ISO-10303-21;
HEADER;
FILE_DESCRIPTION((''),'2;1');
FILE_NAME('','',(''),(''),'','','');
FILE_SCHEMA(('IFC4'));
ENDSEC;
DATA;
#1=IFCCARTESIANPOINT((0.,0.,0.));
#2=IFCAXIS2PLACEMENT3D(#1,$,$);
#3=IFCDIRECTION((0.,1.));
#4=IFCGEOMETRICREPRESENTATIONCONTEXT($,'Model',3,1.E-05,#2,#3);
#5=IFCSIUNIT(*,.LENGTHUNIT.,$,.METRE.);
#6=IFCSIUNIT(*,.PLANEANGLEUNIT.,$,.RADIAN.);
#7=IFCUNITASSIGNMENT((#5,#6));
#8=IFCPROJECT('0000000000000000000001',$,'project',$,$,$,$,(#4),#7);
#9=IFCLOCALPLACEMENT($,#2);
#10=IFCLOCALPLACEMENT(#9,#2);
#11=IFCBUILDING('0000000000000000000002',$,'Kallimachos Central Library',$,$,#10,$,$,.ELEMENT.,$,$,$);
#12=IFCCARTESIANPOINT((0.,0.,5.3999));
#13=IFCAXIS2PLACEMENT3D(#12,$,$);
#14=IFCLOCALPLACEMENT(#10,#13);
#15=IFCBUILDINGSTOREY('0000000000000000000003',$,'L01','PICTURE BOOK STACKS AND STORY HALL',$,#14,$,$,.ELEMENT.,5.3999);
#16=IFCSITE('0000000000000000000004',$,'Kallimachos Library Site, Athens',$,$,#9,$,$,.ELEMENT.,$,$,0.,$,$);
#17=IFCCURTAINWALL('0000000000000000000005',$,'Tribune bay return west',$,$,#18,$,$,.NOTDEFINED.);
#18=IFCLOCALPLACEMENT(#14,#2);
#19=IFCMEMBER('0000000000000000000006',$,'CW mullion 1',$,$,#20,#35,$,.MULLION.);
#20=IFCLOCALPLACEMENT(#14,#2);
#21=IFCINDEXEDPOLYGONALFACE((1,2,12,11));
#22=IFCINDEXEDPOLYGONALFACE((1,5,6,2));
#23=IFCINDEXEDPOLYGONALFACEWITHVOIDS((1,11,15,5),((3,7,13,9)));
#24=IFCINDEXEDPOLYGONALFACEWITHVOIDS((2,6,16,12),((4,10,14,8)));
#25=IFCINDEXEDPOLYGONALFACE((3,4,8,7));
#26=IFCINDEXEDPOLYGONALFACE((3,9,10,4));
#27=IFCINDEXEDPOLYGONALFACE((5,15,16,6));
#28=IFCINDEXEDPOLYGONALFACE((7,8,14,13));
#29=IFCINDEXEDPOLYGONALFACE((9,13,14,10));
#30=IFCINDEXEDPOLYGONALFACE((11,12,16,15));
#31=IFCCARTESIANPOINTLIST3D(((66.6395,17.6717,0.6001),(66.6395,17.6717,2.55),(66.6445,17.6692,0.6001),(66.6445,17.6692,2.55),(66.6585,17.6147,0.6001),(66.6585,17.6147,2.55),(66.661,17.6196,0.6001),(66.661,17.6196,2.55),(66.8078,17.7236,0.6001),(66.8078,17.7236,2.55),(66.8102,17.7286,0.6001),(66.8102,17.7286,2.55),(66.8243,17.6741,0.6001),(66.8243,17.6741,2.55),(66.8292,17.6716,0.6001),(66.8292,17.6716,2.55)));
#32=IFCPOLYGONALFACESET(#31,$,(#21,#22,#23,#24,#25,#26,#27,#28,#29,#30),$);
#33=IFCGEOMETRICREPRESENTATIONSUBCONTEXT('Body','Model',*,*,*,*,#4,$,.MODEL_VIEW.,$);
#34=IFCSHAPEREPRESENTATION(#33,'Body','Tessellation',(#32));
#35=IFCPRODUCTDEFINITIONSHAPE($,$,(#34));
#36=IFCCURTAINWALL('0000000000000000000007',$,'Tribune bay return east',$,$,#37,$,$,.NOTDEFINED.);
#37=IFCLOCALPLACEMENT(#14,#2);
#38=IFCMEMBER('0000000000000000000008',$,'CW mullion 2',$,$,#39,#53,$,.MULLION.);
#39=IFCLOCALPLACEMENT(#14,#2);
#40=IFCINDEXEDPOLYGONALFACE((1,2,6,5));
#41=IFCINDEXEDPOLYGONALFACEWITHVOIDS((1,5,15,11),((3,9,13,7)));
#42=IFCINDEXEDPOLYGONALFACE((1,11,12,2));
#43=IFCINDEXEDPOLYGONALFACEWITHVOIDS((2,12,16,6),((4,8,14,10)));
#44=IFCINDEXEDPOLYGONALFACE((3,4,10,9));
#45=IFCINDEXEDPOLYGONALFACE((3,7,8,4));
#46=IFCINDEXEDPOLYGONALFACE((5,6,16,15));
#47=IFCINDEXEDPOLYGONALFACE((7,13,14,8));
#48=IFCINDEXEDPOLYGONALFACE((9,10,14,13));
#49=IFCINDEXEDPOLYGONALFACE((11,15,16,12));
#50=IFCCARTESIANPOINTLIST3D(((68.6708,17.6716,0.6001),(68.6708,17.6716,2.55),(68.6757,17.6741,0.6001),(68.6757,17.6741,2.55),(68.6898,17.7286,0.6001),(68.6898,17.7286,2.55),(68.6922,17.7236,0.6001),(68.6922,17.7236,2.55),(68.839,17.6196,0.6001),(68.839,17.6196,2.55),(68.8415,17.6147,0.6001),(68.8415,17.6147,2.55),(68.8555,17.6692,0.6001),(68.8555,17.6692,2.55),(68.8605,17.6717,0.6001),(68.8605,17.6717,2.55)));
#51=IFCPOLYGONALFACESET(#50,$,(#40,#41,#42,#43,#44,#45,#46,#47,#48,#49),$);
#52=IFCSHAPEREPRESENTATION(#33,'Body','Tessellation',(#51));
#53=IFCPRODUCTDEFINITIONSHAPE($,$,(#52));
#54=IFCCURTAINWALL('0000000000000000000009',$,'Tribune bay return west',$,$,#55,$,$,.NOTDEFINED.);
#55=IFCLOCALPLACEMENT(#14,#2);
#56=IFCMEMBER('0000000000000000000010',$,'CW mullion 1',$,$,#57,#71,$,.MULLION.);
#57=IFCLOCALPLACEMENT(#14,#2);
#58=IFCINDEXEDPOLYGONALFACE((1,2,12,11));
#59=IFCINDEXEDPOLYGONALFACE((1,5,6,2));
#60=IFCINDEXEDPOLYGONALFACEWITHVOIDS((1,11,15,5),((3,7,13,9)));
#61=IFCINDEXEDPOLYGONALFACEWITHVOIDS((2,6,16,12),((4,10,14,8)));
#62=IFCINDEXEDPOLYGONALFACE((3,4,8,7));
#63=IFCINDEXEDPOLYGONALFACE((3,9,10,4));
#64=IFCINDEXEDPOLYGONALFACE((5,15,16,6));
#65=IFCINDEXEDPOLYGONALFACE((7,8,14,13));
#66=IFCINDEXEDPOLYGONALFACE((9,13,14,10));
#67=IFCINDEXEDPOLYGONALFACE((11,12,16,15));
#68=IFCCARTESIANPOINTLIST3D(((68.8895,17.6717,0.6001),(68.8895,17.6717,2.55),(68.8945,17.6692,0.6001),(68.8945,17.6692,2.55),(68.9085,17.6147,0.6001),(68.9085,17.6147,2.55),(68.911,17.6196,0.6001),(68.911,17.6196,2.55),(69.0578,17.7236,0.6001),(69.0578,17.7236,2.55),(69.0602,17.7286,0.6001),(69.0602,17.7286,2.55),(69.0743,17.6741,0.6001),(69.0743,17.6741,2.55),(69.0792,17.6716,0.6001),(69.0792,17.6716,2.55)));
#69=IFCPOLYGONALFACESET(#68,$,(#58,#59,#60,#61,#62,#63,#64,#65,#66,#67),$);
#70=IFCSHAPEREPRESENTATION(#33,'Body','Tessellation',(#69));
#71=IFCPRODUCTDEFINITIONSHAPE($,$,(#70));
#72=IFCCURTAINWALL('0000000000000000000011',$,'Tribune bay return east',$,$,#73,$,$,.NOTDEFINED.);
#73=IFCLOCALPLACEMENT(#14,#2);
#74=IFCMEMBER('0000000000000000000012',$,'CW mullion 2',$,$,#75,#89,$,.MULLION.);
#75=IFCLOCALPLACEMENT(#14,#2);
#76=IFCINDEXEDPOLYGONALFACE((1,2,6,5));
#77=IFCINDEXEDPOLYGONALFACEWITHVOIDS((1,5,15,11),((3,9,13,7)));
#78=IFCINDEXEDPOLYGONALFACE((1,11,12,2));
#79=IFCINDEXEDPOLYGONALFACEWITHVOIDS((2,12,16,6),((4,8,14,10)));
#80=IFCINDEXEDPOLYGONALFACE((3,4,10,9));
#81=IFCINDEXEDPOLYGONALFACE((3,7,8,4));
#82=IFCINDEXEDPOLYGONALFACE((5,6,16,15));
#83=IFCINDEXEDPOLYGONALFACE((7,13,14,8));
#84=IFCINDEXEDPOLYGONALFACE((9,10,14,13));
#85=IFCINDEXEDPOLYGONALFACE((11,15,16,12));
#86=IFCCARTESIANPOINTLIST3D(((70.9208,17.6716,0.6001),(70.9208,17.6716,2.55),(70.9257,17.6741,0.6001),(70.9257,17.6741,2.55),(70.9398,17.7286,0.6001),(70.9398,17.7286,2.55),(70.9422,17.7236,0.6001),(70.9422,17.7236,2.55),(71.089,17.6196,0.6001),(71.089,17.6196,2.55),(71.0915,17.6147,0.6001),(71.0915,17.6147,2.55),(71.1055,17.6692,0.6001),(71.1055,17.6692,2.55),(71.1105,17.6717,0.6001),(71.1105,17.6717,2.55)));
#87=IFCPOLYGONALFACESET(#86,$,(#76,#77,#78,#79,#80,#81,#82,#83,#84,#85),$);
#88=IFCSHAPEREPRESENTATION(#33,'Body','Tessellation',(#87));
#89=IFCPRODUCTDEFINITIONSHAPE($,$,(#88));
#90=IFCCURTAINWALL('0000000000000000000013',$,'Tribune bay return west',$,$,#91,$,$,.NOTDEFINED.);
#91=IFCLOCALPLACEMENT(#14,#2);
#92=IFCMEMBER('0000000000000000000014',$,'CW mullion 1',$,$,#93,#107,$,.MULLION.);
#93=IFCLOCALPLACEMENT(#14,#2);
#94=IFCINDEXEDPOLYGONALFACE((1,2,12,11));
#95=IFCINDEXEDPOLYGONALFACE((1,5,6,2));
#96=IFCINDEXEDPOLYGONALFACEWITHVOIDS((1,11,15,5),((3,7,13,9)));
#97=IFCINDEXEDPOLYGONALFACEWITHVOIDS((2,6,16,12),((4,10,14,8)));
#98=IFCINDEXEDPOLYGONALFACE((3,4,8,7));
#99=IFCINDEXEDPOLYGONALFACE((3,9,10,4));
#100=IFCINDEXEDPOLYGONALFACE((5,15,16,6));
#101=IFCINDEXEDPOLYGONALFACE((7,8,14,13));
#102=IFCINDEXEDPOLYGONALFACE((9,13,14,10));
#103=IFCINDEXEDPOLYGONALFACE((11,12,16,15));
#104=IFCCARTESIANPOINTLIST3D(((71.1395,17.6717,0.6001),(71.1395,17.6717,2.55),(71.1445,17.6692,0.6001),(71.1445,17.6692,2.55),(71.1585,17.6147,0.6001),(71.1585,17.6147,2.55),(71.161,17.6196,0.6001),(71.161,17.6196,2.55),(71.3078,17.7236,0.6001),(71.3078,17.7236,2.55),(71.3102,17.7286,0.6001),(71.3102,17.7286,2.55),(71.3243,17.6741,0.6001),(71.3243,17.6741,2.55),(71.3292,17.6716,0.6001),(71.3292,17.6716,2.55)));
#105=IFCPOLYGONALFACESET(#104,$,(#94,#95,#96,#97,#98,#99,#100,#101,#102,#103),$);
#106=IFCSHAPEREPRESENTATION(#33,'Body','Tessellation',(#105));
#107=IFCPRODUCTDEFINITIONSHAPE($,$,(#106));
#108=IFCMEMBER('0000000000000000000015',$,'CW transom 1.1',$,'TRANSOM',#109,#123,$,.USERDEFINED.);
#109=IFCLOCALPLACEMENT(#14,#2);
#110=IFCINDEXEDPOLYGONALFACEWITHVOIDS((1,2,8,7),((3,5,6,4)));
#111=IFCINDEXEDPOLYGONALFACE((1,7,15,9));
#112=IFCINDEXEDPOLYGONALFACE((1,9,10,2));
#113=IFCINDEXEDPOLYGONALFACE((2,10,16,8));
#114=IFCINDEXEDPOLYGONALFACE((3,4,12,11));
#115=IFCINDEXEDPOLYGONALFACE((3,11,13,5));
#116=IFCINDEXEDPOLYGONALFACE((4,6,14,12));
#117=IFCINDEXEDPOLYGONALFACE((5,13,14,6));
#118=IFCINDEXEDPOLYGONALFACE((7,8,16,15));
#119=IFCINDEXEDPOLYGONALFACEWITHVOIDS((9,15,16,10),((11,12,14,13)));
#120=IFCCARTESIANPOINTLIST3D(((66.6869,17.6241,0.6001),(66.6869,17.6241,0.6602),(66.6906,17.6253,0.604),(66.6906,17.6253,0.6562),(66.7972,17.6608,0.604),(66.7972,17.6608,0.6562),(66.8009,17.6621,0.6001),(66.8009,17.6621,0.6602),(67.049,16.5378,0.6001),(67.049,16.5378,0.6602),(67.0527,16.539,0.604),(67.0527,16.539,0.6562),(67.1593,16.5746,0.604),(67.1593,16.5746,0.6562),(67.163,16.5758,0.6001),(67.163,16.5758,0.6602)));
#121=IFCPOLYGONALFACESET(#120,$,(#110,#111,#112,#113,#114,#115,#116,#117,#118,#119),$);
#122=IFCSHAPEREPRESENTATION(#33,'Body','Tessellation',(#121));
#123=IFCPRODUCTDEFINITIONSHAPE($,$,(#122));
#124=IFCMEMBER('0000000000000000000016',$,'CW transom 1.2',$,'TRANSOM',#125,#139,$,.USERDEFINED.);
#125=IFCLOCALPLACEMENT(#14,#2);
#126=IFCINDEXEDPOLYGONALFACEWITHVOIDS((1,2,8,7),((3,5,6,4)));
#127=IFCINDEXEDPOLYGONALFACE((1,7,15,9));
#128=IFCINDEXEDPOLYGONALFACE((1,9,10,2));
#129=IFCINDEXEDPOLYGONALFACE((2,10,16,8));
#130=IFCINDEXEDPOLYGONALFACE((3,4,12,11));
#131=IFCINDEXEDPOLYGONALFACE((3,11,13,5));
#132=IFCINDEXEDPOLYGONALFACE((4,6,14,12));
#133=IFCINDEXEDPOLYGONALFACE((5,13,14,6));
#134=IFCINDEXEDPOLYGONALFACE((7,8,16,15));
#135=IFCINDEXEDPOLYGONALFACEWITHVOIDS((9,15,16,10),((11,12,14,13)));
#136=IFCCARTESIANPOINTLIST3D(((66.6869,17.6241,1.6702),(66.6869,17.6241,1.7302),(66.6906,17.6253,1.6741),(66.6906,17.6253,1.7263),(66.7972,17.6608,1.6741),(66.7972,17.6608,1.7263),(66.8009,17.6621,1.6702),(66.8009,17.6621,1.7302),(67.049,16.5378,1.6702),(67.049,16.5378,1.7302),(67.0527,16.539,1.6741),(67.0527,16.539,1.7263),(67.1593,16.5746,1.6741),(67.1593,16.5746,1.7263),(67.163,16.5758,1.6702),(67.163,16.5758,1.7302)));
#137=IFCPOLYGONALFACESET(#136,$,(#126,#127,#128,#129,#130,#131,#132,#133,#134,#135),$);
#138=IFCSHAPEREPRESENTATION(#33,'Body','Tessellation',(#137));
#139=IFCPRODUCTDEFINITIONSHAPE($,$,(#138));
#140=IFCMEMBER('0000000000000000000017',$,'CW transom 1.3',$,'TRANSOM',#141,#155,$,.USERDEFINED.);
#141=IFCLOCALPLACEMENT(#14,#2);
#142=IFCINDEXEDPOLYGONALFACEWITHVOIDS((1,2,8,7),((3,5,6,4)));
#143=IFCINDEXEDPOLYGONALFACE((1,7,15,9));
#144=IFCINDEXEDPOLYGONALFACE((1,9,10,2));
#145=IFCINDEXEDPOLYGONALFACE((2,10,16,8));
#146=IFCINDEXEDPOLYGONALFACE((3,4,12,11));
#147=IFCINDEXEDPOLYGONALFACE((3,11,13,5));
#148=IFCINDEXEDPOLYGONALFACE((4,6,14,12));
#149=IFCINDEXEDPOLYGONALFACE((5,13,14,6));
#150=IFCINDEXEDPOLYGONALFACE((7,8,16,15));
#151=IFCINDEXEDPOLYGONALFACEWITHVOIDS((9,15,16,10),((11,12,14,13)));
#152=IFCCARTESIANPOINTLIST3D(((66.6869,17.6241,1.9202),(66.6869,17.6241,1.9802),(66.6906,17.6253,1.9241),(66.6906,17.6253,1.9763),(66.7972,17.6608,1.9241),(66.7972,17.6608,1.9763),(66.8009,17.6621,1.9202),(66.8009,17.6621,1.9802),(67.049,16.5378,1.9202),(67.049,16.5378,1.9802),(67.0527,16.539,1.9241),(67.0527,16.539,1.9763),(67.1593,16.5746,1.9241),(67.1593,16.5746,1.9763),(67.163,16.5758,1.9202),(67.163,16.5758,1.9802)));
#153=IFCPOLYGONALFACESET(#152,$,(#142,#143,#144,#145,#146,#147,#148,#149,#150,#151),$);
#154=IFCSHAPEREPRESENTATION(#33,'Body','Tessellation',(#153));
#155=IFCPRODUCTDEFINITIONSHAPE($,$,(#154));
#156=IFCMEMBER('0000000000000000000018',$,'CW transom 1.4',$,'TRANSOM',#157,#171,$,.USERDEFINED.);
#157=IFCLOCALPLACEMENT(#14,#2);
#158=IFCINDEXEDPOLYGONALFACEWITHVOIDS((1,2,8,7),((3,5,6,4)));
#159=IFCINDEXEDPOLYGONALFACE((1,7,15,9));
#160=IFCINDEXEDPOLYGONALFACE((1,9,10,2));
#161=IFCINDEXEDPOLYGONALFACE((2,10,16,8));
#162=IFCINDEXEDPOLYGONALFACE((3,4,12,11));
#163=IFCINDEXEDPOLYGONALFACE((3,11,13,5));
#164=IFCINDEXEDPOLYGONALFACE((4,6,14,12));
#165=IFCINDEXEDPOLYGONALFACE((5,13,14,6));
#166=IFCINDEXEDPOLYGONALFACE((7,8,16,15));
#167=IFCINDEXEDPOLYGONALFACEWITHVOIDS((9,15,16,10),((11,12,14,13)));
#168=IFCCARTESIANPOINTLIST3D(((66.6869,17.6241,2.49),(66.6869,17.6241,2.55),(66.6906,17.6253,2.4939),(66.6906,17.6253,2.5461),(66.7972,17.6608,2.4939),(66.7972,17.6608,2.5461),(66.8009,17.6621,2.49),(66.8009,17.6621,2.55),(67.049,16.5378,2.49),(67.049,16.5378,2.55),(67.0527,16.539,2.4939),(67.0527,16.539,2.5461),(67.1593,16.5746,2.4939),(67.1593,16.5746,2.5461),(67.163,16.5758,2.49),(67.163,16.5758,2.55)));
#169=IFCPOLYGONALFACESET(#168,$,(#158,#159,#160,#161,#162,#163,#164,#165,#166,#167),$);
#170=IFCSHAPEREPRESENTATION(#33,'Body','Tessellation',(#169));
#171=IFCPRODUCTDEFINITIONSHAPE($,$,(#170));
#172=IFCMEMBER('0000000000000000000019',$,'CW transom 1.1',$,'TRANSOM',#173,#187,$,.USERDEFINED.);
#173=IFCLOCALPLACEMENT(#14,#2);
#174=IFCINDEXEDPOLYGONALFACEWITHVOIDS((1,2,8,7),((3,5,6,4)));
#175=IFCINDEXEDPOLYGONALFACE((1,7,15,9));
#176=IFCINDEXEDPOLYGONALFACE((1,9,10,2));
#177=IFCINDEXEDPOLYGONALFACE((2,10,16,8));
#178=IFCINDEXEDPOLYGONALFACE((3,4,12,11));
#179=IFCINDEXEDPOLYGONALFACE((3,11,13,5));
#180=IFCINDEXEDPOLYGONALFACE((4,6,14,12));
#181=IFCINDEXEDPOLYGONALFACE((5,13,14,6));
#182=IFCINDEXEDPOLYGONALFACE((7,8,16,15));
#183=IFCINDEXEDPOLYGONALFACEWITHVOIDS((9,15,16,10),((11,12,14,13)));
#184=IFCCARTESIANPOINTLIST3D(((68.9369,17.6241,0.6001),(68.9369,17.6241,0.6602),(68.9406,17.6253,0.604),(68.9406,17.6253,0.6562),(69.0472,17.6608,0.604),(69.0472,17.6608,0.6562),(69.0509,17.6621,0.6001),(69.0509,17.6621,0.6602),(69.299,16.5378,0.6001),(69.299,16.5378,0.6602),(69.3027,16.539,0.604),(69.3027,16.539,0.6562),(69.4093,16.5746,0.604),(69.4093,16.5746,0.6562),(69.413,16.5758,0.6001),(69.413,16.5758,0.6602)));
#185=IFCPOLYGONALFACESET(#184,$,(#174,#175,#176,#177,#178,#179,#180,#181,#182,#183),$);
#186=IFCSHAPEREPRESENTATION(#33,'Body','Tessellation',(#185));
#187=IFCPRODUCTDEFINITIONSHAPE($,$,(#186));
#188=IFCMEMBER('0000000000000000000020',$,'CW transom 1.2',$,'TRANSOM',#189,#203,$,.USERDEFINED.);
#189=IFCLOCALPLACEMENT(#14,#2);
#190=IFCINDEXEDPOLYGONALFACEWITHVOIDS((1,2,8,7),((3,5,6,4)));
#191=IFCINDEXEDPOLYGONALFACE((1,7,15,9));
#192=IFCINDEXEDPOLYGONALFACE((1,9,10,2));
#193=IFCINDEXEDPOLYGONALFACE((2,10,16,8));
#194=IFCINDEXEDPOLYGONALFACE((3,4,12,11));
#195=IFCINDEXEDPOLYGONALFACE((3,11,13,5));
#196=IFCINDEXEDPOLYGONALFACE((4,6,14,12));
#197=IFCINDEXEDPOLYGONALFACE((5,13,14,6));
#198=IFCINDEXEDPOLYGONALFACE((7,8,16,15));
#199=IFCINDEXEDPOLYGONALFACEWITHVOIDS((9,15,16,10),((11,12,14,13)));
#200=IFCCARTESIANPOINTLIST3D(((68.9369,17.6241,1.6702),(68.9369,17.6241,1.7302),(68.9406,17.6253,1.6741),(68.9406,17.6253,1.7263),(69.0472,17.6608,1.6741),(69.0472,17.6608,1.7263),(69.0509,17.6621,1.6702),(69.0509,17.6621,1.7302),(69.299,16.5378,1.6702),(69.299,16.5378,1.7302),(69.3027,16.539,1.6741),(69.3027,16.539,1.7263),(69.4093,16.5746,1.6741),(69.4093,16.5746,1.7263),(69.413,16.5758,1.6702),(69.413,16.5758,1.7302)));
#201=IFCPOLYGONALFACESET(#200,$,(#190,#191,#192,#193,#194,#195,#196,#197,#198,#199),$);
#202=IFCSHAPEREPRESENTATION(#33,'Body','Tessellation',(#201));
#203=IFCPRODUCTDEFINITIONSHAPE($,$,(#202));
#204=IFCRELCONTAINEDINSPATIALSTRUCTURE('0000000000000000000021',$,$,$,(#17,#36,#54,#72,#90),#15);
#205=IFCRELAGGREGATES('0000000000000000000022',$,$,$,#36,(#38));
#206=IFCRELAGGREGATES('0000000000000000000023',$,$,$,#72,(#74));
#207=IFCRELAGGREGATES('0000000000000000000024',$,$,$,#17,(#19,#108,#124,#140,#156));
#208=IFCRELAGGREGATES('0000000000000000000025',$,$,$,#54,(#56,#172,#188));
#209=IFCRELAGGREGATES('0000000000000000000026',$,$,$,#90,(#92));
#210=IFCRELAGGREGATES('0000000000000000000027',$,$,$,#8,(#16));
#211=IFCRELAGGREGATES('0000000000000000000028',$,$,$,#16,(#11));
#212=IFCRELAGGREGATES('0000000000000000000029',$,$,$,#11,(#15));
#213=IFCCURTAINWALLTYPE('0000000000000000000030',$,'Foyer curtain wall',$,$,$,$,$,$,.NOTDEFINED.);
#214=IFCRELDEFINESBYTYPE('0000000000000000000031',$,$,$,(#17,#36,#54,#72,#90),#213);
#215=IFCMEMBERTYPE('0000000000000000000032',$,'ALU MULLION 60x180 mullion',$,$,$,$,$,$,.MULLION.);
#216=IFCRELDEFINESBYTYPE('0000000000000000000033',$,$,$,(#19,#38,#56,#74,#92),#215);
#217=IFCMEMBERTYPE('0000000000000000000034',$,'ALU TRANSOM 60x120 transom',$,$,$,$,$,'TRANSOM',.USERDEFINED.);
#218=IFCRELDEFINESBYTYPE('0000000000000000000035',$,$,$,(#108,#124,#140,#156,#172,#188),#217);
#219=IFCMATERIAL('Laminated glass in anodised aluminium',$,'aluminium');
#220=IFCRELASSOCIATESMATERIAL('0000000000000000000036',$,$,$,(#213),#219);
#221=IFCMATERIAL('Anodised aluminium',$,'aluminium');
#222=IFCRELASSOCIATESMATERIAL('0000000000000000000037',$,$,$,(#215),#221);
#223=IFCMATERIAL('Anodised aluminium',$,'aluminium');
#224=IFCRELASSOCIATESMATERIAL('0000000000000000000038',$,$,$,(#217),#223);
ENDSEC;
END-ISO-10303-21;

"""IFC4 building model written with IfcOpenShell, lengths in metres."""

from ifc_helpers import new_model, si_unit, direction, frame, origin, origin_2d, place, context, subcontext, project, spatial, hollow_rectangle, extrude, material, material_profile, profile_set, type_object, element, aggregate, save


model = new_model("IFC4")

# Units and contexts
model_context = context("Model", 3, precision=1e-05, world=origin(), true_north=direction((0.0, 1.0)))
body_context = subcontext(model_context, "Body", "Model", "MODEL_VIEW")
ifc_project = project(units=[si_unit("LENGTHUNIT", "METRE"), si_unit("PLANEANGLEUNIT", "RADIAN")], contexts=[model_context])

# Site, building, storey
site_placement = place(None, origin())
site = spatial("IfcSite", under=ifc_project, at=site_placement, Name="Kallimachos Library Site, Athens", CompositionType="ELEMENT", RefElevation=0.0)
building_placement = place(site_placement, origin())
building = spatial("IfcBuilding", under=site, at=building_placement, Name="Kallimachos Central Library", CompositionType="ELEMENT")
storey_placement = place(building_placement, frame((0.0, 0.0, 5.3999)))
storey = spatial("IfcBuildingStorey", under=building, at=storey_placement, Name="L01", Description="PICTURE BOOK STACKS AND STORY HALL", CompositionType="ELEMENT", Elevation=5.3999)

# Curtain walls, members
ifc_material_1 = material(Name="Laminated glass in anodised aluminium", Category="aluminium")
curtain_wall_type = type_object("IfcCurtainWallType", Name="Foyer curtain wall", PredefinedType="NOTDEFINED", material=ifc_material_1)
curtain_wall_1_placement = place(storey_placement, origin())
curtain_wall_1 = element("IfcCurtainWall", 1, at=curtain_wall_1_placement, inside=storey, type_object=curtain_wall_type, Name="Tribune bay return west", PredefinedType="NOTDEFINED")
ifc_material_2 = material(Name="Anodised aluminium", Category="aluminium")
ifc_material_profile_1 = material_profile(ifc_material_2, hollow_rectangle(XDim=0.0601, YDim=0.1799, WallThickness=0.0039, at=origin_2d()), Name="ALU MULLION 60x180")
ifc_profile_set_1 = profile_set([ifc_material_profile_1], Name="Anodised aluminium")
member_type_1 = type_object("IfcMemberType", Name="ALU MULLION 60x180 mullion", PredefinedType="MULLION", material=ifc_profile_set_1)
member_1_placement = place(storey_placement, frame((66.7344, 17.6716, 0.6001), z_axis=(0.0, 0.0, 1.0), x_axis=(0.316228, -0.948683, 0.0)))
member_1 = element("IfcMember", 2, at=member_1_placement, type_object=member_type_1, Name="CW mullion 1", PredefinedType="MULLION", context=body_context, shape_type="SweptSolid", body=[
    extrude(hollow_rectangle(XDim=0.0601, YDim=0.1799, WallThickness=0.0039, at=origin_2d()), origin(), (0.0, 0.0, 1.0), 1.95),
])
curtain_wall_2_placement = place(storey_placement, origin())
curtain_wall_2 = element("IfcCurtainWall", 3, at=curtain_wall_2_placement, inside=storey, type_object=curtain_wall_type, Name="Tribune bay return east", PredefinedType="NOTDEFINED")
member_2_placement = place(storey_placement, frame((68.7656, 17.6716, 0.6001), z_axis=(0.0, 0.0, 1.0), x_axis=(0.316228, 0.948683, 0.0)))
member_2 = element("IfcMember", 4, at=member_2_placement, type_object=member_type_1, Name="CW mullion 2", PredefinedType="MULLION", context=body_context, shape_type="SweptSolid", body=[
    extrude(hollow_rectangle(XDim=0.0601, YDim=0.1799, WallThickness=0.0039, at=origin_2d()), origin(), (0.0, 0.0, 1.0), 1.95),
])
aggregate(curtain_wall_2, [member_2])
curtain_wall_3_placement = place(storey_placement, origin())
curtain_wall_3 = element("IfcCurtainWall", 5, at=curtain_wall_3_placement, inside=storey, type_object=curtain_wall_type, Name="Tribune bay return west", PredefinedType="NOTDEFINED")
member_3_placement = place(storey_placement, frame((68.9844, 17.6716, 0.6001), z_axis=(0.0, 0.0, 1.0), x_axis=(0.316228, -0.948683, 0.0)))
member_3 = element("IfcMember", 6, at=member_3_placement, type_object=member_type_1, Name="CW mullion 1", PredefinedType="MULLION", context=body_context, shape_type="SweptSolid", body=[
    extrude(hollow_rectangle(XDim=0.0601, YDim=0.1799, WallThickness=0.0039, at=origin_2d()), origin(), (0.0, 0.0, 1.0), 1.95),
])
curtain_wall_4_placement = place(storey_placement, origin())
curtain_wall_4 = element("IfcCurtainWall", 7, at=curtain_wall_4_placement, inside=storey, type_object=curtain_wall_type, Name="Tribune bay return east", PredefinedType="NOTDEFINED")
member_4_placement = place(storey_placement, frame((71.0156, 17.6716, 0.6001), z_axis=(0.0, 0.0, 1.0), x_axis=(0.316228, 0.948683, 0.0)))
member_4 = element("IfcMember", 8, at=member_4_placement, type_object=member_type_1, Name="CW mullion 2", PredefinedType="MULLION", context=body_context, shape_type="SweptSolid", body=[
    extrude(hollow_rectangle(XDim=0.0601, YDim=0.1799, WallThickness=0.0039, at=origin_2d()), origin(), (0.0, 0.0, 1.0), 1.95),
])
aggregate(curtain_wall_4, [member_4])
curtain_wall_5_placement = place(storey_placement, origin())
curtain_wall_5 = element("IfcCurtainWall", 9, at=curtain_wall_5_placement, inside=storey, type_object=curtain_wall_type, Name="Tribune bay return west", PredefinedType="NOTDEFINED")
member_5_placement = place(storey_placement, frame((71.2344, 17.6716, 0.6001), z_axis=(0.0, 0.0, 1.0), x_axis=(0.316228, -0.948683, 0.0)))
member_5 = element("IfcMember", 10, at=member_5_placement, type_object=member_type_1, Name="CW mullion 1", PredefinedType="MULLION", context=body_context, shape_type="SweptSolid", body=[
    extrude(hollow_rectangle(XDim=0.0601, YDim=0.1799, WallThickness=0.0039, at=origin_2d()), origin(), (0.0, 0.0, 1.0), 1.95),
])

# Members
ifc_material_3 = material(Name="Anodised aluminium", Category="aluminium")
ifc_material_profile_2 = material_profile(ifc_material_3, hollow_rectangle(XDim=0.0601, YDim=0.1201, WallThickness=0.0039, at=origin_2d()), Name="ALU TRANSOM 60x120")
ifc_profile_set_2 = profile_set([ifc_material_profile_2], Name="Anodised aluminium")
member_type_2 = type_object("IfcMemberType", Name="ALU TRANSOM 60x120 transom", ElementType="TRANSOM", PredefinedType="USERDEFINED", material=ifc_profile_set_2)
member_6_placement = place(storey_placement, frame((66.7439, 17.6431, 0.6301), z_axis=(0.316228, -0.948683, 0.0), x_axis=(0.0, 0.0, 1.0)))
member_6 = element("IfcMember", 11, at=member_6_placement, type_object=member_type_2, Name="CW transom 1.1", ObjectType="TRANSOM", PredefinedType="USERDEFINED", context=body_context, shape_type="SweptSolid", body=[
    extrude(hollow_rectangle(XDim=0.0601, YDim=0.1201, WallThickness=0.0039, at=origin_2d()), origin(), (0.0, 0.0, 1.0), 1.145),
])
member_7_placement = place(storey_placement, frame((66.7439, 17.6431, 1.7002), z_axis=(0.316228, -0.948683, 0.0), x_axis=(0.0, 0.0, 1.0)))
member_7 = element("IfcMember", 12, at=member_7_placement, type_object=member_type_2, Name="CW transom 1.2", ObjectType="TRANSOM", PredefinedType="USERDEFINED", context=body_context, shape_type="SweptSolid", body=[
    extrude(hollow_rectangle(XDim=0.0601, YDim=0.1201, WallThickness=0.0039, at=origin_2d()), origin(), (0.0, 0.0, 1.0), 1.145),
])
member_8_placement = place(storey_placement, frame((66.7439, 17.6431, 1.9502), z_axis=(0.316228, -0.948683, 0.0), x_axis=(0.0, 0.0, 1.0)))
member_8 = element("IfcMember", 13, at=member_8_placement, type_object=member_type_2, Name="CW transom 1.3", ObjectType="TRANSOM", PredefinedType="USERDEFINED", context=body_context, shape_type="SweptSolid", body=[
    extrude(hollow_rectangle(XDim=0.0601, YDim=0.1201, WallThickness=0.0039, at=origin_2d()), origin(), (0.0, 0.0, 1.0), 1.145),
])
member_9_placement = place(storey_placement, frame((66.7439, 17.6431, 2.52), z_axis=(0.316228, -0.948683, 0.0), x_axis=(0.0, 0.0, 1.0)))
member_9 = element("IfcMember", 14, at=member_9_placement, type_object=member_type_2, Name="CW transom 1.4", ObjectType="TRANSOM", PredefinedType="USERDEFINED", context=body_context, shape_type="SweptSolid", body=[
    extrude(hollow_rectangle(XDim=0.0601, YDim=0.1201, WallThickness=0.0039, at=origin_2d()), origin(), (0.0, 0.0, 1.0), 1.145),
])
aggregate(curtain_wall_1, [member_1, member_6, member_7, member_8, member_9])
member_10_placement = place(storey_placement, frame((68.9939, 17.6431, 0.6301), z_axis=(0.316228, -0.948683, 0.0), x_axis=(0.0, 0.0, 1.0)))
member_10 = element("IfcMember", 15, at=member_10_placement, type_object=member_type_2, Name="CW transom 1.1", ObjectType="TRANSOM", PredefinedType="USERDEFINED", context=body_context, shape_type="SweptSolid", body=[
    extrude(hollow_rectangle(XDim=0.0601, YDim=0.1201, WallThickness=0.0039, at=origin_2d()), origin(), (0.0, 0.0, 1.0), 1.145),
])
member_11_placement = place(storey_placement, frame((68.9939, 17.6431, 1.7002), z_axis=(0.316228, -0.948683, 0.0), x_axis=(0.0, 0.0, 1.0)))
member_11 = element("IfcMember", 16, at=member_11_placement, type_object=member_type_2, Name="CW transom 1.2", ObjectType="TRANSOM", PredefinedType="USERDEFINED", context=body_context, shape_type="SweptSolid", body=[
    extrude(hollow_rectangle(XDim=0.0601, YDim=0.1201, WallThickness=0.0039, at=origin_2d()), origin(), (0.0, 0.0, 1.0), 1.145),
])
aggregate(curtain_wall_3, [member_3, member_10, member_11])
aggregate(curtain_wall_5, [member_5])

save(model, "model.ifc")
